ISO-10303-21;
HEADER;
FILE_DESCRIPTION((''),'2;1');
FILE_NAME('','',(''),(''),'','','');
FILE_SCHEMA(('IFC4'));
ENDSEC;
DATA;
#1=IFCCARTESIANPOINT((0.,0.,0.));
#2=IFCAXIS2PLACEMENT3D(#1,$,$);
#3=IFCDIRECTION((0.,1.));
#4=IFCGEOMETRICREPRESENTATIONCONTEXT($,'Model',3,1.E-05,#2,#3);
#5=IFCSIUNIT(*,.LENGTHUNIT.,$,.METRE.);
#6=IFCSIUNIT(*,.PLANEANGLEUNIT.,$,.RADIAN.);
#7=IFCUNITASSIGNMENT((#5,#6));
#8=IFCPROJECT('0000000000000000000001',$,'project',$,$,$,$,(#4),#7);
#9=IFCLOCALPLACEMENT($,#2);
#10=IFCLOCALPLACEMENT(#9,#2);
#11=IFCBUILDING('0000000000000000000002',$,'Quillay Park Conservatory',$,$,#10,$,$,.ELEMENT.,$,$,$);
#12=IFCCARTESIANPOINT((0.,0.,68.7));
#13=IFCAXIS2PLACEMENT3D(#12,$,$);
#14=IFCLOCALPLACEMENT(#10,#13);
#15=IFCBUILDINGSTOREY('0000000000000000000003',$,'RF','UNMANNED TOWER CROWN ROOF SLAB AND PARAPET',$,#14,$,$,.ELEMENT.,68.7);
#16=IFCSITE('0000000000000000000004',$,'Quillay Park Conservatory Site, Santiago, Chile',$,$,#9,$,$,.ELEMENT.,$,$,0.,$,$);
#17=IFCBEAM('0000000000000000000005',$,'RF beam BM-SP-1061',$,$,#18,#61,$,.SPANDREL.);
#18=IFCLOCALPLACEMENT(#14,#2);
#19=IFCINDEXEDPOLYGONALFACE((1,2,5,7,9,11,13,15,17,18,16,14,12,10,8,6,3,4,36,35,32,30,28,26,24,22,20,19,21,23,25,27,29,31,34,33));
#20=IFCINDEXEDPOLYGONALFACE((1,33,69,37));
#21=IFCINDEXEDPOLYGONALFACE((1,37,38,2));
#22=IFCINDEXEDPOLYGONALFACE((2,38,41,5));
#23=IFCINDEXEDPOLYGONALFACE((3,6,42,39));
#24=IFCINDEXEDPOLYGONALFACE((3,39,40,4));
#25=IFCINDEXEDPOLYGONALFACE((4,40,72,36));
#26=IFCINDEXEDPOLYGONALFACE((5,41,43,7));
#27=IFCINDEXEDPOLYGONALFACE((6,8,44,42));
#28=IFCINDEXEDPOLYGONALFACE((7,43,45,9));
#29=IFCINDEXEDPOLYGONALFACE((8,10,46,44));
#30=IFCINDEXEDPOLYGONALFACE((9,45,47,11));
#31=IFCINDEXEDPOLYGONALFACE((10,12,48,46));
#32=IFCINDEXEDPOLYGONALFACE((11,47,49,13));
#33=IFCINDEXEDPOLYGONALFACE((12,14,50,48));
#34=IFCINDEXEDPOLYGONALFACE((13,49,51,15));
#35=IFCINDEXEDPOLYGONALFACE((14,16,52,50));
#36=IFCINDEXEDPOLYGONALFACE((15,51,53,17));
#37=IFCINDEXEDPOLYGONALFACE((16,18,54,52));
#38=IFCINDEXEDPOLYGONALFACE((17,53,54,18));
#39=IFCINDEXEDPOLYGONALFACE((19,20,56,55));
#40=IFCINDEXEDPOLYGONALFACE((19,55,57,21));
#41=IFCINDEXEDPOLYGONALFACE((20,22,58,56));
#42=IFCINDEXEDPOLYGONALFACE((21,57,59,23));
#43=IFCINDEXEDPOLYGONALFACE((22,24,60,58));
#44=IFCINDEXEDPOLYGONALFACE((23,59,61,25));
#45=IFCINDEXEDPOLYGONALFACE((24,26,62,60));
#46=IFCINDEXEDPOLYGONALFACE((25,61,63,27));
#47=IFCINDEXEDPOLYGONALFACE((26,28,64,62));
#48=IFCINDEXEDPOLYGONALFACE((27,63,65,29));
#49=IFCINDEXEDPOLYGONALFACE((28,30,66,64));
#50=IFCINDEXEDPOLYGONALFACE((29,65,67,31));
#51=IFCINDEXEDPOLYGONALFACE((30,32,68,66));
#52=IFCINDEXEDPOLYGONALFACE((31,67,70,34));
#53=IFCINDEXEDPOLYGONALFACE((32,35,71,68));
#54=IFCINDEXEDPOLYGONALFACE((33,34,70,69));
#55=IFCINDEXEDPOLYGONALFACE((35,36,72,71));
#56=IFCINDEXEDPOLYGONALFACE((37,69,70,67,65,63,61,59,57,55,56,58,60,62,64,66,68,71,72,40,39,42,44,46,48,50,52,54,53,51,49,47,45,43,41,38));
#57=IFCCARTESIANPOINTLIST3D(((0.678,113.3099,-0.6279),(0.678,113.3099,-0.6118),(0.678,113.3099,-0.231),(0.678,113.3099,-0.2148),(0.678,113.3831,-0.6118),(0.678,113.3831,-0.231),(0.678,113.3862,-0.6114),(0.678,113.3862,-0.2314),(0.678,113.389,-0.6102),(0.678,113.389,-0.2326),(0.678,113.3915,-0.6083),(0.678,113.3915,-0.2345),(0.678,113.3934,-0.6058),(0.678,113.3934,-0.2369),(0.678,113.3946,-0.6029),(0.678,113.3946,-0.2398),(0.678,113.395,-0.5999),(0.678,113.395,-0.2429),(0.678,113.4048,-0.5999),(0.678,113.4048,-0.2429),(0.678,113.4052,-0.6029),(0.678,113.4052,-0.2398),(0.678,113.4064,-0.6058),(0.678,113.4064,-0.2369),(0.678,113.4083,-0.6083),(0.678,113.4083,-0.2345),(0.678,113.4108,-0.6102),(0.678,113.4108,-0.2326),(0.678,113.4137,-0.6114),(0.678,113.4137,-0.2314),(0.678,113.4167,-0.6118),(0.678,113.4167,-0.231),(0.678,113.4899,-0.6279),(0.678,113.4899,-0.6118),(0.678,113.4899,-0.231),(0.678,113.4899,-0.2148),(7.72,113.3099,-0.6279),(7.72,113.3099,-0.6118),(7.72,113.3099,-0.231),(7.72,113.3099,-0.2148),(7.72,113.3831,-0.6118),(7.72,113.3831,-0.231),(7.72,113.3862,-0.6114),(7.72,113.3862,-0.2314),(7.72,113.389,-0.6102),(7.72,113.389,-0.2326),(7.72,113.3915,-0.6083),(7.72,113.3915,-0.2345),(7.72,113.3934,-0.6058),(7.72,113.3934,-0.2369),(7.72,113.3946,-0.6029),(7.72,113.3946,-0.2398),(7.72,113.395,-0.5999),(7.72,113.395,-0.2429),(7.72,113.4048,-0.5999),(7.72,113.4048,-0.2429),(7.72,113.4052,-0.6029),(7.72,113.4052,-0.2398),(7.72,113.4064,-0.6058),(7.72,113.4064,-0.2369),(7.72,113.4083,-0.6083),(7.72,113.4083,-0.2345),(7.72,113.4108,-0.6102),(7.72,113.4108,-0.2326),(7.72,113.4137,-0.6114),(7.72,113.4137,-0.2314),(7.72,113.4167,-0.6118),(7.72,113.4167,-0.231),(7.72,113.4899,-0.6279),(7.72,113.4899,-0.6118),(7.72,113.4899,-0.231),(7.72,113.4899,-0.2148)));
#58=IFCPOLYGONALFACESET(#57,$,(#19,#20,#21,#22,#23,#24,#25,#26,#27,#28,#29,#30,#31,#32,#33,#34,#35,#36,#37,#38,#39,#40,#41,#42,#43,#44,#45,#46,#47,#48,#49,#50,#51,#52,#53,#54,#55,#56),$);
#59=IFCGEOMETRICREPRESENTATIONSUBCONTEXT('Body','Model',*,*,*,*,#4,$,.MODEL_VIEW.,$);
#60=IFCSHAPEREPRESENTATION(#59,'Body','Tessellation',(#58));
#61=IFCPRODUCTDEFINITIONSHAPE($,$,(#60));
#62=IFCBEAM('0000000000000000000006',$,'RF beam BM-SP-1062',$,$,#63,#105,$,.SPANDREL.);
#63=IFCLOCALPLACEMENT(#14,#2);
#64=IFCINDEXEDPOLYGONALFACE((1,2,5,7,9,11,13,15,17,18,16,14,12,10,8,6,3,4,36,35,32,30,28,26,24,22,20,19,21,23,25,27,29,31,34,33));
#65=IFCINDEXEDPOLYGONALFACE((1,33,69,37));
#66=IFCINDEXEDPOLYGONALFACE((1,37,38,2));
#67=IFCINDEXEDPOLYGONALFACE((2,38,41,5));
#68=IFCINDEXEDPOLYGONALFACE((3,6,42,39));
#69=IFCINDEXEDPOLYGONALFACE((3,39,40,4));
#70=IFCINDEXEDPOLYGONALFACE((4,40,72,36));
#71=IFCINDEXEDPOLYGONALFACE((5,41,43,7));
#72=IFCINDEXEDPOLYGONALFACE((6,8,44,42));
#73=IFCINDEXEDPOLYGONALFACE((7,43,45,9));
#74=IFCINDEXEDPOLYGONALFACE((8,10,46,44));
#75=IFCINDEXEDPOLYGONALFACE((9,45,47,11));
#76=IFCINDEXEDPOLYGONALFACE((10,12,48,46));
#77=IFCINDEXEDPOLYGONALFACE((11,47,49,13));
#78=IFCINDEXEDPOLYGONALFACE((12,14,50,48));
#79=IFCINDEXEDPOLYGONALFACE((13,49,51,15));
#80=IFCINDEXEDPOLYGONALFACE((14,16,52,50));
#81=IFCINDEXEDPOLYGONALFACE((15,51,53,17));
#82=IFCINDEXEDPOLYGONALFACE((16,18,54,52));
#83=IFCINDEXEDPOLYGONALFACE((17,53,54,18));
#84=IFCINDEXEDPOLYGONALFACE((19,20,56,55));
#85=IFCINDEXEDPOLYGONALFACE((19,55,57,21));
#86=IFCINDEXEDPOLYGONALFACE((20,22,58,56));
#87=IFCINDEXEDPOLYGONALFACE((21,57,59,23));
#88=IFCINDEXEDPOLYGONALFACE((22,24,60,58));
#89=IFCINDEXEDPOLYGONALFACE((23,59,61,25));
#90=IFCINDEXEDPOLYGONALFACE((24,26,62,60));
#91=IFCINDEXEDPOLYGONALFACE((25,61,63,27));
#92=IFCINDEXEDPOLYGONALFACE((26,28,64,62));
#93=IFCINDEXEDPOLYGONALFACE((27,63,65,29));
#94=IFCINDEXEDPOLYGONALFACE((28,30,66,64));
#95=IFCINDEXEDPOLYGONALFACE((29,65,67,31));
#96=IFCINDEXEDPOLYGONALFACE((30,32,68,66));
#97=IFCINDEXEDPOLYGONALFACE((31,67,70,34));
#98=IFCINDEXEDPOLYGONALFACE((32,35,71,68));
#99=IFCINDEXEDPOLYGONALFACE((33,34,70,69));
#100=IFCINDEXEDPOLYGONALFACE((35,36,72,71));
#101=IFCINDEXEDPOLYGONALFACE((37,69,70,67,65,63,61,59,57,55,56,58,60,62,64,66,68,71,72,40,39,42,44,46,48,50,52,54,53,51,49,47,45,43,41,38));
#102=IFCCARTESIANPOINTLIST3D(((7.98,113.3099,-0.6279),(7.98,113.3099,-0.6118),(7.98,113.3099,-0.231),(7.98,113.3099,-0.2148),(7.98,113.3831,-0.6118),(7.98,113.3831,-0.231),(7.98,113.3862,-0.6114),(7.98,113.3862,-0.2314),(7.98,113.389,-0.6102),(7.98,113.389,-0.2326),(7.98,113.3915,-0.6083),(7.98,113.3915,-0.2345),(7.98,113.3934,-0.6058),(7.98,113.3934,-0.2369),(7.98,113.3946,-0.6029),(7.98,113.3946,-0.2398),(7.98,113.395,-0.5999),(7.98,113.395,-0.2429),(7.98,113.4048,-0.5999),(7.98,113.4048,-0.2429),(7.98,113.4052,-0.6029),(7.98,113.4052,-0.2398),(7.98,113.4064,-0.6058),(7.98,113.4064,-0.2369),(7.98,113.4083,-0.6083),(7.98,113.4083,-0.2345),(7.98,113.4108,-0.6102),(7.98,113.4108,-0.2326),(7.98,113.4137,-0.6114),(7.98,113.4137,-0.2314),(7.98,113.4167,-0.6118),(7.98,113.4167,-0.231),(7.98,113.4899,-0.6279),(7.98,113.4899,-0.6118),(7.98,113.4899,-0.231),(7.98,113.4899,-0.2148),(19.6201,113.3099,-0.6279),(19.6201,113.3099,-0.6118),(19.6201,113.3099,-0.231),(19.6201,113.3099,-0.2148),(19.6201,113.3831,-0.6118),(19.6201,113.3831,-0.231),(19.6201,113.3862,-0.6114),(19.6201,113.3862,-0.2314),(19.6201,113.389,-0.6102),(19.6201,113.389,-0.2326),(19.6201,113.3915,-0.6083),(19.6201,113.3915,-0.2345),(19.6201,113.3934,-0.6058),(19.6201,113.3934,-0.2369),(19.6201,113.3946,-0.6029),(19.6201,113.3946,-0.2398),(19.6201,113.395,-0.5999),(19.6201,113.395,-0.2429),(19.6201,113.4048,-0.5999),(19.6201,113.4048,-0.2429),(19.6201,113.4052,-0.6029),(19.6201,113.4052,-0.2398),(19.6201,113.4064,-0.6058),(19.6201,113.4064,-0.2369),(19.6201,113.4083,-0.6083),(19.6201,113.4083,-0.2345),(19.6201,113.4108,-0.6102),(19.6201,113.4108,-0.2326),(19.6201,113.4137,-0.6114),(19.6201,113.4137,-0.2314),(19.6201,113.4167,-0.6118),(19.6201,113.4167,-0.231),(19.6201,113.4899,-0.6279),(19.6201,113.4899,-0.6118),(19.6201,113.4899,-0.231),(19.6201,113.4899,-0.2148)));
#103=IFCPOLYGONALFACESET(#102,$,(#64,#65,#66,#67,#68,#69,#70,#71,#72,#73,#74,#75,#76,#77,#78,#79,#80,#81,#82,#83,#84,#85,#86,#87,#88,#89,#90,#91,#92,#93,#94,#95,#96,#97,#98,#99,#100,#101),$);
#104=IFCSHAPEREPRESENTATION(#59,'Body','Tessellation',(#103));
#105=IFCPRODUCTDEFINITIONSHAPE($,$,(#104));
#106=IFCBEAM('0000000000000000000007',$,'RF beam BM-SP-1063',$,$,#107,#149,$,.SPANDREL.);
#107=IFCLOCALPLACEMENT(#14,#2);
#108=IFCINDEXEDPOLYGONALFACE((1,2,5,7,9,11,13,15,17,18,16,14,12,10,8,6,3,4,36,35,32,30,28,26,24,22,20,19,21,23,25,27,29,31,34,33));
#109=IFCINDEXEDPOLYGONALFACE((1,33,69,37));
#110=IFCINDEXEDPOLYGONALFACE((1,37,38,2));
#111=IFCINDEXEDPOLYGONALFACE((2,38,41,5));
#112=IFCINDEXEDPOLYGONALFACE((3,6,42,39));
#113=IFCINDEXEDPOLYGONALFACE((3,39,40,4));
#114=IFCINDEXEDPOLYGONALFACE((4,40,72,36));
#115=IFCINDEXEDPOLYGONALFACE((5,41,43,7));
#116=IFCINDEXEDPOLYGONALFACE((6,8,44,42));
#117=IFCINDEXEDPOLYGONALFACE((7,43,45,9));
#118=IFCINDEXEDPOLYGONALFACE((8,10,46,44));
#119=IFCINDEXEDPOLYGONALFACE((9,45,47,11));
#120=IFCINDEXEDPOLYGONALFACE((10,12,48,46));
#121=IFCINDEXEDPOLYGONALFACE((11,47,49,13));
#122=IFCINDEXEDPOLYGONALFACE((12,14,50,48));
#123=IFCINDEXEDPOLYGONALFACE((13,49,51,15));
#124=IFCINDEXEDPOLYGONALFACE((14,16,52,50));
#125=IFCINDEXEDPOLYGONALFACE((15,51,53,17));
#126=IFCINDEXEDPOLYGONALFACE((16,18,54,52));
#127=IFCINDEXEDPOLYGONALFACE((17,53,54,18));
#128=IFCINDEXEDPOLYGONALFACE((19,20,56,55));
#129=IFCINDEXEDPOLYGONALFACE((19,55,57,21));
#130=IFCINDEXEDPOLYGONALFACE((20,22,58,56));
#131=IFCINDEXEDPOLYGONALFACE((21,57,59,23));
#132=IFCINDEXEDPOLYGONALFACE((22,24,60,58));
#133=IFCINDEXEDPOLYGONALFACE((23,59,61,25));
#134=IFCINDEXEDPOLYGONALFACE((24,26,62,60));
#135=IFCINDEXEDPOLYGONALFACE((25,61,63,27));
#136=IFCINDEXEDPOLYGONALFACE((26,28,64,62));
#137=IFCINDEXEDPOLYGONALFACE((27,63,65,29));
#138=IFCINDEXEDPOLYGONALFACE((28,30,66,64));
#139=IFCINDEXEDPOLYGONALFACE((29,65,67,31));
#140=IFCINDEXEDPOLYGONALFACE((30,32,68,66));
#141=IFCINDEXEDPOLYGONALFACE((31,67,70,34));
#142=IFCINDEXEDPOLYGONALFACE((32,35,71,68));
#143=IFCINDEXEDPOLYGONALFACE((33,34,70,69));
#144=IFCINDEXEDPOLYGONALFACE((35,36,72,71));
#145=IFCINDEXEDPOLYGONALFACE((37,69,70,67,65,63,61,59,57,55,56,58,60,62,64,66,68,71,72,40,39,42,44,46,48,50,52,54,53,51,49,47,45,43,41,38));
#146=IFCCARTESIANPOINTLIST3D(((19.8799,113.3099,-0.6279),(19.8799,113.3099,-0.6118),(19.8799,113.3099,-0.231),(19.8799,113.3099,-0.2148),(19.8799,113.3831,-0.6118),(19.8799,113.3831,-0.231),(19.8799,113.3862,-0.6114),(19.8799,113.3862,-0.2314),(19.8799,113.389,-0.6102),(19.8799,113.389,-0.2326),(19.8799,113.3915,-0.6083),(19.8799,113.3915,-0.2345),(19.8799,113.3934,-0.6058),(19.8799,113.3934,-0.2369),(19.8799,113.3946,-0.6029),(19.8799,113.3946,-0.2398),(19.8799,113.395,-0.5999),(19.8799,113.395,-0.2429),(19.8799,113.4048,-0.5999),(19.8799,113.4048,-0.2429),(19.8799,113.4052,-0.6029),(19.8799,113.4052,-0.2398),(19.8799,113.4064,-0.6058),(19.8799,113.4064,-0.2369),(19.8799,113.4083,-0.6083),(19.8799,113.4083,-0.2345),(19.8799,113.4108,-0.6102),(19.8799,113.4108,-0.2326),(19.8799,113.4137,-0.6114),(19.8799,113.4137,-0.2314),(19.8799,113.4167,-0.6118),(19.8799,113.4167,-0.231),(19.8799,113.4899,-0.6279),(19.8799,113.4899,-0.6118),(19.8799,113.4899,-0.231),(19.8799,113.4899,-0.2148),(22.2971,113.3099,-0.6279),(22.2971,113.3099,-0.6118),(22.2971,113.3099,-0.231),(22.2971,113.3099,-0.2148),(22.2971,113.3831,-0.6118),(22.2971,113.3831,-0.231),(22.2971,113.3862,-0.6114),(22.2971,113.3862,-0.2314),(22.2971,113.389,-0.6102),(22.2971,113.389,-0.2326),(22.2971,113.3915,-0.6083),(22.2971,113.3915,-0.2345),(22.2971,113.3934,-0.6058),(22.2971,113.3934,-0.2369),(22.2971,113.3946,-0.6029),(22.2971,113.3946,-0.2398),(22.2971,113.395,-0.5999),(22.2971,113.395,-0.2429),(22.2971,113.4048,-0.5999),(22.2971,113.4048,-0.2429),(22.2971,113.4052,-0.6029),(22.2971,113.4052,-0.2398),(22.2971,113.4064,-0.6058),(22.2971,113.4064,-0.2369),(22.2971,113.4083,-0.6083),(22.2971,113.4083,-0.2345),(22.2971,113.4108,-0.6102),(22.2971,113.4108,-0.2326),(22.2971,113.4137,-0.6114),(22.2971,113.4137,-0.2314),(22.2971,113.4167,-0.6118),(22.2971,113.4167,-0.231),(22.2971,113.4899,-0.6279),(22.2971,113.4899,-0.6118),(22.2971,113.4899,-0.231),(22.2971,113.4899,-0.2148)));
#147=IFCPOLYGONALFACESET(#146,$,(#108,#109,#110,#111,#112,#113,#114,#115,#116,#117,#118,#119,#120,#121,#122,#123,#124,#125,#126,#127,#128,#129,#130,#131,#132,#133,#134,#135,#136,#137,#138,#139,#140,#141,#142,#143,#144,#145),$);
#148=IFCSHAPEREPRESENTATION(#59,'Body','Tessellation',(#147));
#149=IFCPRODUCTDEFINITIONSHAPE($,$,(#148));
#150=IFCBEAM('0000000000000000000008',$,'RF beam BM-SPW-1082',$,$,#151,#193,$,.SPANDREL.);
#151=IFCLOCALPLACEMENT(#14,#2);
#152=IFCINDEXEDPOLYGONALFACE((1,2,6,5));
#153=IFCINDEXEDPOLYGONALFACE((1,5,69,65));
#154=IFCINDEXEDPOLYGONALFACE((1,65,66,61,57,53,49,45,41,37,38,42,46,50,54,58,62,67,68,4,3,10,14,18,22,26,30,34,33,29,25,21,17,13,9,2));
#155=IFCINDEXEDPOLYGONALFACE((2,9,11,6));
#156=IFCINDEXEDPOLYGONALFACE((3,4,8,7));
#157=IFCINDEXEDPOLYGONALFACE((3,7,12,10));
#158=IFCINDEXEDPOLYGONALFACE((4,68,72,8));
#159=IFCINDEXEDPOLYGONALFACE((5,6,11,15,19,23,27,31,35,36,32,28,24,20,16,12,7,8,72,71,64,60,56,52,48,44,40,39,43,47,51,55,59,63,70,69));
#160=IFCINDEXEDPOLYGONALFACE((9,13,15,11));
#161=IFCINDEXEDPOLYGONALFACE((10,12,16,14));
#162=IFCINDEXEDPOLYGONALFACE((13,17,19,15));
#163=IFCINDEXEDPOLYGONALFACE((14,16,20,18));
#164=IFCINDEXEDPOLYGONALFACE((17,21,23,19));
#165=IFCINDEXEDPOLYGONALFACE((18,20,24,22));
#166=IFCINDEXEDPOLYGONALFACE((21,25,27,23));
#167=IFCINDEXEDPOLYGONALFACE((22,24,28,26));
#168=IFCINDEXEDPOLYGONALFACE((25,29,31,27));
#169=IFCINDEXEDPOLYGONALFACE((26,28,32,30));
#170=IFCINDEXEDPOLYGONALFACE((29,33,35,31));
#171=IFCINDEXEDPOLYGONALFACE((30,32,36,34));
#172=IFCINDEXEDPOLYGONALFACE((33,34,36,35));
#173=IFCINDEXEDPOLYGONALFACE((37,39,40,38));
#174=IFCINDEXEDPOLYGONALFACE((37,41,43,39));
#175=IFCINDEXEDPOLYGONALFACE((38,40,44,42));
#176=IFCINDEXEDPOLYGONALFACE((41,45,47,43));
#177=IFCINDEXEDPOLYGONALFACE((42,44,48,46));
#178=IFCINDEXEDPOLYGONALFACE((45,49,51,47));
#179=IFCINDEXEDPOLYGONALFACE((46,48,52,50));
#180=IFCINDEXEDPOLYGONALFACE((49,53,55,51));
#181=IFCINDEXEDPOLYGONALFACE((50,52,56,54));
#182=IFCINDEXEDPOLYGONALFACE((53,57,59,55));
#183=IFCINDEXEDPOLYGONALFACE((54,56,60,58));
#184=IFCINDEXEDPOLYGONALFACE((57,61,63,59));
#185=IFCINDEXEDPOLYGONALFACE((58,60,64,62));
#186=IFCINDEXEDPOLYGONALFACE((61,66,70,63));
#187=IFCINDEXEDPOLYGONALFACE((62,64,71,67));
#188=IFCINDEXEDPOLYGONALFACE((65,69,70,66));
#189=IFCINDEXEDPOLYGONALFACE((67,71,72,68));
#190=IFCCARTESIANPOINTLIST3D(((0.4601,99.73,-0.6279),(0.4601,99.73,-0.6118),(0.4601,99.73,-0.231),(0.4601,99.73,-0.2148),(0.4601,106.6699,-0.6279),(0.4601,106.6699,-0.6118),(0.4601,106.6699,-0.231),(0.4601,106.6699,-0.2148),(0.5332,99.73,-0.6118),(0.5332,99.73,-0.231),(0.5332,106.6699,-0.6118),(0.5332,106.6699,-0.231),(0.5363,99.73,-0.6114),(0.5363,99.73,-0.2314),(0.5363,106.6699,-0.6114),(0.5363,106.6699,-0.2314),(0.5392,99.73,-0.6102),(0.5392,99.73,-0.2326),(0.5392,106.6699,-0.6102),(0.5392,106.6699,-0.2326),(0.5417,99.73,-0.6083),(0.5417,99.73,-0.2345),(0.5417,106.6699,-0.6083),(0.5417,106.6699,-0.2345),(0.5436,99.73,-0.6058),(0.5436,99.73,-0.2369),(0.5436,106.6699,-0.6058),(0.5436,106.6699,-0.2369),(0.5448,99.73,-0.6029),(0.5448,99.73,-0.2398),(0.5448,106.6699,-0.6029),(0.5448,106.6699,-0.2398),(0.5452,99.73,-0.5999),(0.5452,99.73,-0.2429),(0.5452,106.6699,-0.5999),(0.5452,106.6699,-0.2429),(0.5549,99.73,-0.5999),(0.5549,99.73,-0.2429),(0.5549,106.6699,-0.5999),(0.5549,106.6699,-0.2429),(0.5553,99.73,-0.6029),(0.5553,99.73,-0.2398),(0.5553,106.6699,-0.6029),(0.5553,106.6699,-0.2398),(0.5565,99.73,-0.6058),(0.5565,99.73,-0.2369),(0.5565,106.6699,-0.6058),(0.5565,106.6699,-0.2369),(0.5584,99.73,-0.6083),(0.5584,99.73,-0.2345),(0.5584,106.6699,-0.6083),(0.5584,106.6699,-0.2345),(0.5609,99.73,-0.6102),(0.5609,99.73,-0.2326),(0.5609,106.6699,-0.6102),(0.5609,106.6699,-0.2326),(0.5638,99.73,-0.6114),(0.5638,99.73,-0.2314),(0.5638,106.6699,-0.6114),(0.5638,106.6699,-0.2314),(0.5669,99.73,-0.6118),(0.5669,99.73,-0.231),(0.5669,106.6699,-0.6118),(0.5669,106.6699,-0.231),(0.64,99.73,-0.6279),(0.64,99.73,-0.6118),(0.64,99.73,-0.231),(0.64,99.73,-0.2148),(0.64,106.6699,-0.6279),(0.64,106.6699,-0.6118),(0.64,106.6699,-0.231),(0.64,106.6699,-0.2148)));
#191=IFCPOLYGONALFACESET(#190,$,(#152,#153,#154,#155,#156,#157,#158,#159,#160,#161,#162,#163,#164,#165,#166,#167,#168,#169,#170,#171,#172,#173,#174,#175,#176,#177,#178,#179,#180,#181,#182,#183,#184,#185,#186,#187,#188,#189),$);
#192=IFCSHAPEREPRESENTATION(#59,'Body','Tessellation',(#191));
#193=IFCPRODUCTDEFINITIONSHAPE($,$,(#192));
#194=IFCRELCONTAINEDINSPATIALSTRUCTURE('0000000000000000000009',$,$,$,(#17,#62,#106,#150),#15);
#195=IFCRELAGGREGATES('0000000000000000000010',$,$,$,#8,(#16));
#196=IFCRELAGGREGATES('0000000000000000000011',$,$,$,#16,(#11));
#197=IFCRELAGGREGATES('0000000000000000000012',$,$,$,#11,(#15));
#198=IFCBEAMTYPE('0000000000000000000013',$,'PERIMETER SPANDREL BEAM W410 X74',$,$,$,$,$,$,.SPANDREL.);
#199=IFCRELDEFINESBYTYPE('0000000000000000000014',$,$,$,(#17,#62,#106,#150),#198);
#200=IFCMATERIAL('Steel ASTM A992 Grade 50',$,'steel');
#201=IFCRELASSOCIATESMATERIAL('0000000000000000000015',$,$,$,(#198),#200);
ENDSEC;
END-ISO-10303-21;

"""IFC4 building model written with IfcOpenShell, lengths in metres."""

from ifc_helpers import new_model, si_unit, direction, frame, origin, origin_2d, place, context, subcontext, project, spatial, i_section, extrude, material, material_profile, profile_set, type_object, element, save


model = new_model("IFC4")

# Units and contexts
model_context = context("Model", 3, precision=1e-05, world=origin(), true_north=direction((0.0, 1.0)))
body_context = subcontext(model_context, "Body", "Model", "MODEL_VIEW")
ifc_project = project(units=[si_unit("LENGTHUNIT", "METRE"), si_unit("PLANEANGLEUNIT", "RADIAN")], contexts=[model_context])

# Site, building, storey
site_placement = place(None, origin())
site = spatial("IfcSite", under=ifc_project, at=site_placement, Name="Quillay Park Conservatory Site, Santiago, Chile", CompositionType="ELEMENT", RefElevation=0.0)
building_placement = place(site_placement, origin())
building = spatial("IfcBuilding", under=site, at=building_placement, Name="Quillay Park Conservatory", CompositionType="ELEMENT")
storey_placement = place(building_placement, frame((0.0, 0.0, 68.7)))
storey = spatial("IfcBuildingStorey", under=building, at=storey_placement, Name="RF", Description="UNMANNED TOWER CROWN ROOF SLAB AND PARAPET", CompositionType="ELEMENT", Elevation=68.7)

# Beams
ifc_material_1 = material(Name="Steel ASTM A992 Grade 50", Category="steel")
ifc_material_profile_1 = material_profile(ifc_material_1, i_section(OverallWidth=0.1799, OverallDepth=0.4131, WebThickness=0.0098, FlangeThickness=0.0161, FilletRadius=0.012, at=origin_2d()), Name="W410x74")
ifc_profile_set_1 = profile_set([ifc_material_profile_1], Name="Steel ASTM A992 Grade 50")
beam_type_1 = type_object("IfcBeamType", Name="PERIMETER SPANDREL BEAM W410 X74", PredefinedType="SPANDREL", material=ifc_profile_set_1)
beam_1_placement = place(storey_placement, frame((0.678, 113.3999, -0.4214), z_axis=(1.0, 0.0, 0.0), x_axis=(0.0, 1.0, 0.0)))
element("IfcBeam", 1, at=beam_1_placement, inside=storey, type_object=beam_type_1, Name="RF beam BM-SP-1061", PredefinedType="SPANDREL", context=body_context, shape_type="SweptSolid", body=[
    extrude(i_section(OverallWidth=0.1799, OverallDepth=0.4131, WebThickness=0.0098, FlangeThickness=0.0161, FilletRadius=0.012, at=origin_2d()), origin(), (0.0, 0.0, 1.0), 7.042),
])
beam_2_placement = place(storey_placement, frame((7.98, 113.3999, -0.4214), z_axis=(1.0, 0.0, 0.0), x_axis=(0.0, 1.0, 0.0)))
element("IfcBeam", 2, at=beam_2_placement, inside=storey, type_object=beam_type_1, Name="RF beam BM-SP-1062", PredefinedType="SPANDREL", context=body_context, shape_type="SweptSolid", body=[
    extrude(i_section(OverallWidth=0.1799, OverallDepth=0.4131, WebThickness=0.0098, FlangeThickness=0.0161, FilletRadius=0.012, at=origin_2d()), origin(), (0.0, 0.0, 1.0), 11.6401),
])
beam_3_placement = place(storey_placement, frame((19.8799, 113.3999, -0.4214), z_axis=(1.0, 0.0, 0.0), x_axis=(0.0, 1.0, 0.0)))
element("IfcBeam", 3, at=beam_3_placement, inside=storey, type_object=beam_type_1, Name="RF beam BM-SP-1063", PredefinedType="SPANDREL", context=body_context, shape_type="SweptSolid", body=[
    extrude(i_section(OverallWidth=0.1799, OverallDepth=0.4131, WebThickness=0.0098, FlangeThickness=0.0161, FilletRadius=0.012, at=origin_2d()), origin(), (0.0, 0.0, 1.0), 2.4172),
])
beam_4_placement = place(storey_placement, frame((0.55, 99.73, -0.4214), z_axis=(0.0, 1.0, 0.0), x_axis=(-1.0, 0.0, 0.0)))
element("IfcBeam", 4, at=beam_4_placement, inside=storey, type_object=beam_type_1, Name="RF beam BM-SPW-1082", PredefinedType="SPANDREL", context=body_context, shape_type="SweptSolid", body=[
    extrude(i_section(OverallWidth=0.1799, OverallDepth=0.4131, WebThickness=0.0098, FlangeThickness=0.0161, FilletRadius=0.012, at=origin_2d()), origin(), (0.0, 0.0, 1.0), 6.9399),
])

save(model, "model.ifc")
